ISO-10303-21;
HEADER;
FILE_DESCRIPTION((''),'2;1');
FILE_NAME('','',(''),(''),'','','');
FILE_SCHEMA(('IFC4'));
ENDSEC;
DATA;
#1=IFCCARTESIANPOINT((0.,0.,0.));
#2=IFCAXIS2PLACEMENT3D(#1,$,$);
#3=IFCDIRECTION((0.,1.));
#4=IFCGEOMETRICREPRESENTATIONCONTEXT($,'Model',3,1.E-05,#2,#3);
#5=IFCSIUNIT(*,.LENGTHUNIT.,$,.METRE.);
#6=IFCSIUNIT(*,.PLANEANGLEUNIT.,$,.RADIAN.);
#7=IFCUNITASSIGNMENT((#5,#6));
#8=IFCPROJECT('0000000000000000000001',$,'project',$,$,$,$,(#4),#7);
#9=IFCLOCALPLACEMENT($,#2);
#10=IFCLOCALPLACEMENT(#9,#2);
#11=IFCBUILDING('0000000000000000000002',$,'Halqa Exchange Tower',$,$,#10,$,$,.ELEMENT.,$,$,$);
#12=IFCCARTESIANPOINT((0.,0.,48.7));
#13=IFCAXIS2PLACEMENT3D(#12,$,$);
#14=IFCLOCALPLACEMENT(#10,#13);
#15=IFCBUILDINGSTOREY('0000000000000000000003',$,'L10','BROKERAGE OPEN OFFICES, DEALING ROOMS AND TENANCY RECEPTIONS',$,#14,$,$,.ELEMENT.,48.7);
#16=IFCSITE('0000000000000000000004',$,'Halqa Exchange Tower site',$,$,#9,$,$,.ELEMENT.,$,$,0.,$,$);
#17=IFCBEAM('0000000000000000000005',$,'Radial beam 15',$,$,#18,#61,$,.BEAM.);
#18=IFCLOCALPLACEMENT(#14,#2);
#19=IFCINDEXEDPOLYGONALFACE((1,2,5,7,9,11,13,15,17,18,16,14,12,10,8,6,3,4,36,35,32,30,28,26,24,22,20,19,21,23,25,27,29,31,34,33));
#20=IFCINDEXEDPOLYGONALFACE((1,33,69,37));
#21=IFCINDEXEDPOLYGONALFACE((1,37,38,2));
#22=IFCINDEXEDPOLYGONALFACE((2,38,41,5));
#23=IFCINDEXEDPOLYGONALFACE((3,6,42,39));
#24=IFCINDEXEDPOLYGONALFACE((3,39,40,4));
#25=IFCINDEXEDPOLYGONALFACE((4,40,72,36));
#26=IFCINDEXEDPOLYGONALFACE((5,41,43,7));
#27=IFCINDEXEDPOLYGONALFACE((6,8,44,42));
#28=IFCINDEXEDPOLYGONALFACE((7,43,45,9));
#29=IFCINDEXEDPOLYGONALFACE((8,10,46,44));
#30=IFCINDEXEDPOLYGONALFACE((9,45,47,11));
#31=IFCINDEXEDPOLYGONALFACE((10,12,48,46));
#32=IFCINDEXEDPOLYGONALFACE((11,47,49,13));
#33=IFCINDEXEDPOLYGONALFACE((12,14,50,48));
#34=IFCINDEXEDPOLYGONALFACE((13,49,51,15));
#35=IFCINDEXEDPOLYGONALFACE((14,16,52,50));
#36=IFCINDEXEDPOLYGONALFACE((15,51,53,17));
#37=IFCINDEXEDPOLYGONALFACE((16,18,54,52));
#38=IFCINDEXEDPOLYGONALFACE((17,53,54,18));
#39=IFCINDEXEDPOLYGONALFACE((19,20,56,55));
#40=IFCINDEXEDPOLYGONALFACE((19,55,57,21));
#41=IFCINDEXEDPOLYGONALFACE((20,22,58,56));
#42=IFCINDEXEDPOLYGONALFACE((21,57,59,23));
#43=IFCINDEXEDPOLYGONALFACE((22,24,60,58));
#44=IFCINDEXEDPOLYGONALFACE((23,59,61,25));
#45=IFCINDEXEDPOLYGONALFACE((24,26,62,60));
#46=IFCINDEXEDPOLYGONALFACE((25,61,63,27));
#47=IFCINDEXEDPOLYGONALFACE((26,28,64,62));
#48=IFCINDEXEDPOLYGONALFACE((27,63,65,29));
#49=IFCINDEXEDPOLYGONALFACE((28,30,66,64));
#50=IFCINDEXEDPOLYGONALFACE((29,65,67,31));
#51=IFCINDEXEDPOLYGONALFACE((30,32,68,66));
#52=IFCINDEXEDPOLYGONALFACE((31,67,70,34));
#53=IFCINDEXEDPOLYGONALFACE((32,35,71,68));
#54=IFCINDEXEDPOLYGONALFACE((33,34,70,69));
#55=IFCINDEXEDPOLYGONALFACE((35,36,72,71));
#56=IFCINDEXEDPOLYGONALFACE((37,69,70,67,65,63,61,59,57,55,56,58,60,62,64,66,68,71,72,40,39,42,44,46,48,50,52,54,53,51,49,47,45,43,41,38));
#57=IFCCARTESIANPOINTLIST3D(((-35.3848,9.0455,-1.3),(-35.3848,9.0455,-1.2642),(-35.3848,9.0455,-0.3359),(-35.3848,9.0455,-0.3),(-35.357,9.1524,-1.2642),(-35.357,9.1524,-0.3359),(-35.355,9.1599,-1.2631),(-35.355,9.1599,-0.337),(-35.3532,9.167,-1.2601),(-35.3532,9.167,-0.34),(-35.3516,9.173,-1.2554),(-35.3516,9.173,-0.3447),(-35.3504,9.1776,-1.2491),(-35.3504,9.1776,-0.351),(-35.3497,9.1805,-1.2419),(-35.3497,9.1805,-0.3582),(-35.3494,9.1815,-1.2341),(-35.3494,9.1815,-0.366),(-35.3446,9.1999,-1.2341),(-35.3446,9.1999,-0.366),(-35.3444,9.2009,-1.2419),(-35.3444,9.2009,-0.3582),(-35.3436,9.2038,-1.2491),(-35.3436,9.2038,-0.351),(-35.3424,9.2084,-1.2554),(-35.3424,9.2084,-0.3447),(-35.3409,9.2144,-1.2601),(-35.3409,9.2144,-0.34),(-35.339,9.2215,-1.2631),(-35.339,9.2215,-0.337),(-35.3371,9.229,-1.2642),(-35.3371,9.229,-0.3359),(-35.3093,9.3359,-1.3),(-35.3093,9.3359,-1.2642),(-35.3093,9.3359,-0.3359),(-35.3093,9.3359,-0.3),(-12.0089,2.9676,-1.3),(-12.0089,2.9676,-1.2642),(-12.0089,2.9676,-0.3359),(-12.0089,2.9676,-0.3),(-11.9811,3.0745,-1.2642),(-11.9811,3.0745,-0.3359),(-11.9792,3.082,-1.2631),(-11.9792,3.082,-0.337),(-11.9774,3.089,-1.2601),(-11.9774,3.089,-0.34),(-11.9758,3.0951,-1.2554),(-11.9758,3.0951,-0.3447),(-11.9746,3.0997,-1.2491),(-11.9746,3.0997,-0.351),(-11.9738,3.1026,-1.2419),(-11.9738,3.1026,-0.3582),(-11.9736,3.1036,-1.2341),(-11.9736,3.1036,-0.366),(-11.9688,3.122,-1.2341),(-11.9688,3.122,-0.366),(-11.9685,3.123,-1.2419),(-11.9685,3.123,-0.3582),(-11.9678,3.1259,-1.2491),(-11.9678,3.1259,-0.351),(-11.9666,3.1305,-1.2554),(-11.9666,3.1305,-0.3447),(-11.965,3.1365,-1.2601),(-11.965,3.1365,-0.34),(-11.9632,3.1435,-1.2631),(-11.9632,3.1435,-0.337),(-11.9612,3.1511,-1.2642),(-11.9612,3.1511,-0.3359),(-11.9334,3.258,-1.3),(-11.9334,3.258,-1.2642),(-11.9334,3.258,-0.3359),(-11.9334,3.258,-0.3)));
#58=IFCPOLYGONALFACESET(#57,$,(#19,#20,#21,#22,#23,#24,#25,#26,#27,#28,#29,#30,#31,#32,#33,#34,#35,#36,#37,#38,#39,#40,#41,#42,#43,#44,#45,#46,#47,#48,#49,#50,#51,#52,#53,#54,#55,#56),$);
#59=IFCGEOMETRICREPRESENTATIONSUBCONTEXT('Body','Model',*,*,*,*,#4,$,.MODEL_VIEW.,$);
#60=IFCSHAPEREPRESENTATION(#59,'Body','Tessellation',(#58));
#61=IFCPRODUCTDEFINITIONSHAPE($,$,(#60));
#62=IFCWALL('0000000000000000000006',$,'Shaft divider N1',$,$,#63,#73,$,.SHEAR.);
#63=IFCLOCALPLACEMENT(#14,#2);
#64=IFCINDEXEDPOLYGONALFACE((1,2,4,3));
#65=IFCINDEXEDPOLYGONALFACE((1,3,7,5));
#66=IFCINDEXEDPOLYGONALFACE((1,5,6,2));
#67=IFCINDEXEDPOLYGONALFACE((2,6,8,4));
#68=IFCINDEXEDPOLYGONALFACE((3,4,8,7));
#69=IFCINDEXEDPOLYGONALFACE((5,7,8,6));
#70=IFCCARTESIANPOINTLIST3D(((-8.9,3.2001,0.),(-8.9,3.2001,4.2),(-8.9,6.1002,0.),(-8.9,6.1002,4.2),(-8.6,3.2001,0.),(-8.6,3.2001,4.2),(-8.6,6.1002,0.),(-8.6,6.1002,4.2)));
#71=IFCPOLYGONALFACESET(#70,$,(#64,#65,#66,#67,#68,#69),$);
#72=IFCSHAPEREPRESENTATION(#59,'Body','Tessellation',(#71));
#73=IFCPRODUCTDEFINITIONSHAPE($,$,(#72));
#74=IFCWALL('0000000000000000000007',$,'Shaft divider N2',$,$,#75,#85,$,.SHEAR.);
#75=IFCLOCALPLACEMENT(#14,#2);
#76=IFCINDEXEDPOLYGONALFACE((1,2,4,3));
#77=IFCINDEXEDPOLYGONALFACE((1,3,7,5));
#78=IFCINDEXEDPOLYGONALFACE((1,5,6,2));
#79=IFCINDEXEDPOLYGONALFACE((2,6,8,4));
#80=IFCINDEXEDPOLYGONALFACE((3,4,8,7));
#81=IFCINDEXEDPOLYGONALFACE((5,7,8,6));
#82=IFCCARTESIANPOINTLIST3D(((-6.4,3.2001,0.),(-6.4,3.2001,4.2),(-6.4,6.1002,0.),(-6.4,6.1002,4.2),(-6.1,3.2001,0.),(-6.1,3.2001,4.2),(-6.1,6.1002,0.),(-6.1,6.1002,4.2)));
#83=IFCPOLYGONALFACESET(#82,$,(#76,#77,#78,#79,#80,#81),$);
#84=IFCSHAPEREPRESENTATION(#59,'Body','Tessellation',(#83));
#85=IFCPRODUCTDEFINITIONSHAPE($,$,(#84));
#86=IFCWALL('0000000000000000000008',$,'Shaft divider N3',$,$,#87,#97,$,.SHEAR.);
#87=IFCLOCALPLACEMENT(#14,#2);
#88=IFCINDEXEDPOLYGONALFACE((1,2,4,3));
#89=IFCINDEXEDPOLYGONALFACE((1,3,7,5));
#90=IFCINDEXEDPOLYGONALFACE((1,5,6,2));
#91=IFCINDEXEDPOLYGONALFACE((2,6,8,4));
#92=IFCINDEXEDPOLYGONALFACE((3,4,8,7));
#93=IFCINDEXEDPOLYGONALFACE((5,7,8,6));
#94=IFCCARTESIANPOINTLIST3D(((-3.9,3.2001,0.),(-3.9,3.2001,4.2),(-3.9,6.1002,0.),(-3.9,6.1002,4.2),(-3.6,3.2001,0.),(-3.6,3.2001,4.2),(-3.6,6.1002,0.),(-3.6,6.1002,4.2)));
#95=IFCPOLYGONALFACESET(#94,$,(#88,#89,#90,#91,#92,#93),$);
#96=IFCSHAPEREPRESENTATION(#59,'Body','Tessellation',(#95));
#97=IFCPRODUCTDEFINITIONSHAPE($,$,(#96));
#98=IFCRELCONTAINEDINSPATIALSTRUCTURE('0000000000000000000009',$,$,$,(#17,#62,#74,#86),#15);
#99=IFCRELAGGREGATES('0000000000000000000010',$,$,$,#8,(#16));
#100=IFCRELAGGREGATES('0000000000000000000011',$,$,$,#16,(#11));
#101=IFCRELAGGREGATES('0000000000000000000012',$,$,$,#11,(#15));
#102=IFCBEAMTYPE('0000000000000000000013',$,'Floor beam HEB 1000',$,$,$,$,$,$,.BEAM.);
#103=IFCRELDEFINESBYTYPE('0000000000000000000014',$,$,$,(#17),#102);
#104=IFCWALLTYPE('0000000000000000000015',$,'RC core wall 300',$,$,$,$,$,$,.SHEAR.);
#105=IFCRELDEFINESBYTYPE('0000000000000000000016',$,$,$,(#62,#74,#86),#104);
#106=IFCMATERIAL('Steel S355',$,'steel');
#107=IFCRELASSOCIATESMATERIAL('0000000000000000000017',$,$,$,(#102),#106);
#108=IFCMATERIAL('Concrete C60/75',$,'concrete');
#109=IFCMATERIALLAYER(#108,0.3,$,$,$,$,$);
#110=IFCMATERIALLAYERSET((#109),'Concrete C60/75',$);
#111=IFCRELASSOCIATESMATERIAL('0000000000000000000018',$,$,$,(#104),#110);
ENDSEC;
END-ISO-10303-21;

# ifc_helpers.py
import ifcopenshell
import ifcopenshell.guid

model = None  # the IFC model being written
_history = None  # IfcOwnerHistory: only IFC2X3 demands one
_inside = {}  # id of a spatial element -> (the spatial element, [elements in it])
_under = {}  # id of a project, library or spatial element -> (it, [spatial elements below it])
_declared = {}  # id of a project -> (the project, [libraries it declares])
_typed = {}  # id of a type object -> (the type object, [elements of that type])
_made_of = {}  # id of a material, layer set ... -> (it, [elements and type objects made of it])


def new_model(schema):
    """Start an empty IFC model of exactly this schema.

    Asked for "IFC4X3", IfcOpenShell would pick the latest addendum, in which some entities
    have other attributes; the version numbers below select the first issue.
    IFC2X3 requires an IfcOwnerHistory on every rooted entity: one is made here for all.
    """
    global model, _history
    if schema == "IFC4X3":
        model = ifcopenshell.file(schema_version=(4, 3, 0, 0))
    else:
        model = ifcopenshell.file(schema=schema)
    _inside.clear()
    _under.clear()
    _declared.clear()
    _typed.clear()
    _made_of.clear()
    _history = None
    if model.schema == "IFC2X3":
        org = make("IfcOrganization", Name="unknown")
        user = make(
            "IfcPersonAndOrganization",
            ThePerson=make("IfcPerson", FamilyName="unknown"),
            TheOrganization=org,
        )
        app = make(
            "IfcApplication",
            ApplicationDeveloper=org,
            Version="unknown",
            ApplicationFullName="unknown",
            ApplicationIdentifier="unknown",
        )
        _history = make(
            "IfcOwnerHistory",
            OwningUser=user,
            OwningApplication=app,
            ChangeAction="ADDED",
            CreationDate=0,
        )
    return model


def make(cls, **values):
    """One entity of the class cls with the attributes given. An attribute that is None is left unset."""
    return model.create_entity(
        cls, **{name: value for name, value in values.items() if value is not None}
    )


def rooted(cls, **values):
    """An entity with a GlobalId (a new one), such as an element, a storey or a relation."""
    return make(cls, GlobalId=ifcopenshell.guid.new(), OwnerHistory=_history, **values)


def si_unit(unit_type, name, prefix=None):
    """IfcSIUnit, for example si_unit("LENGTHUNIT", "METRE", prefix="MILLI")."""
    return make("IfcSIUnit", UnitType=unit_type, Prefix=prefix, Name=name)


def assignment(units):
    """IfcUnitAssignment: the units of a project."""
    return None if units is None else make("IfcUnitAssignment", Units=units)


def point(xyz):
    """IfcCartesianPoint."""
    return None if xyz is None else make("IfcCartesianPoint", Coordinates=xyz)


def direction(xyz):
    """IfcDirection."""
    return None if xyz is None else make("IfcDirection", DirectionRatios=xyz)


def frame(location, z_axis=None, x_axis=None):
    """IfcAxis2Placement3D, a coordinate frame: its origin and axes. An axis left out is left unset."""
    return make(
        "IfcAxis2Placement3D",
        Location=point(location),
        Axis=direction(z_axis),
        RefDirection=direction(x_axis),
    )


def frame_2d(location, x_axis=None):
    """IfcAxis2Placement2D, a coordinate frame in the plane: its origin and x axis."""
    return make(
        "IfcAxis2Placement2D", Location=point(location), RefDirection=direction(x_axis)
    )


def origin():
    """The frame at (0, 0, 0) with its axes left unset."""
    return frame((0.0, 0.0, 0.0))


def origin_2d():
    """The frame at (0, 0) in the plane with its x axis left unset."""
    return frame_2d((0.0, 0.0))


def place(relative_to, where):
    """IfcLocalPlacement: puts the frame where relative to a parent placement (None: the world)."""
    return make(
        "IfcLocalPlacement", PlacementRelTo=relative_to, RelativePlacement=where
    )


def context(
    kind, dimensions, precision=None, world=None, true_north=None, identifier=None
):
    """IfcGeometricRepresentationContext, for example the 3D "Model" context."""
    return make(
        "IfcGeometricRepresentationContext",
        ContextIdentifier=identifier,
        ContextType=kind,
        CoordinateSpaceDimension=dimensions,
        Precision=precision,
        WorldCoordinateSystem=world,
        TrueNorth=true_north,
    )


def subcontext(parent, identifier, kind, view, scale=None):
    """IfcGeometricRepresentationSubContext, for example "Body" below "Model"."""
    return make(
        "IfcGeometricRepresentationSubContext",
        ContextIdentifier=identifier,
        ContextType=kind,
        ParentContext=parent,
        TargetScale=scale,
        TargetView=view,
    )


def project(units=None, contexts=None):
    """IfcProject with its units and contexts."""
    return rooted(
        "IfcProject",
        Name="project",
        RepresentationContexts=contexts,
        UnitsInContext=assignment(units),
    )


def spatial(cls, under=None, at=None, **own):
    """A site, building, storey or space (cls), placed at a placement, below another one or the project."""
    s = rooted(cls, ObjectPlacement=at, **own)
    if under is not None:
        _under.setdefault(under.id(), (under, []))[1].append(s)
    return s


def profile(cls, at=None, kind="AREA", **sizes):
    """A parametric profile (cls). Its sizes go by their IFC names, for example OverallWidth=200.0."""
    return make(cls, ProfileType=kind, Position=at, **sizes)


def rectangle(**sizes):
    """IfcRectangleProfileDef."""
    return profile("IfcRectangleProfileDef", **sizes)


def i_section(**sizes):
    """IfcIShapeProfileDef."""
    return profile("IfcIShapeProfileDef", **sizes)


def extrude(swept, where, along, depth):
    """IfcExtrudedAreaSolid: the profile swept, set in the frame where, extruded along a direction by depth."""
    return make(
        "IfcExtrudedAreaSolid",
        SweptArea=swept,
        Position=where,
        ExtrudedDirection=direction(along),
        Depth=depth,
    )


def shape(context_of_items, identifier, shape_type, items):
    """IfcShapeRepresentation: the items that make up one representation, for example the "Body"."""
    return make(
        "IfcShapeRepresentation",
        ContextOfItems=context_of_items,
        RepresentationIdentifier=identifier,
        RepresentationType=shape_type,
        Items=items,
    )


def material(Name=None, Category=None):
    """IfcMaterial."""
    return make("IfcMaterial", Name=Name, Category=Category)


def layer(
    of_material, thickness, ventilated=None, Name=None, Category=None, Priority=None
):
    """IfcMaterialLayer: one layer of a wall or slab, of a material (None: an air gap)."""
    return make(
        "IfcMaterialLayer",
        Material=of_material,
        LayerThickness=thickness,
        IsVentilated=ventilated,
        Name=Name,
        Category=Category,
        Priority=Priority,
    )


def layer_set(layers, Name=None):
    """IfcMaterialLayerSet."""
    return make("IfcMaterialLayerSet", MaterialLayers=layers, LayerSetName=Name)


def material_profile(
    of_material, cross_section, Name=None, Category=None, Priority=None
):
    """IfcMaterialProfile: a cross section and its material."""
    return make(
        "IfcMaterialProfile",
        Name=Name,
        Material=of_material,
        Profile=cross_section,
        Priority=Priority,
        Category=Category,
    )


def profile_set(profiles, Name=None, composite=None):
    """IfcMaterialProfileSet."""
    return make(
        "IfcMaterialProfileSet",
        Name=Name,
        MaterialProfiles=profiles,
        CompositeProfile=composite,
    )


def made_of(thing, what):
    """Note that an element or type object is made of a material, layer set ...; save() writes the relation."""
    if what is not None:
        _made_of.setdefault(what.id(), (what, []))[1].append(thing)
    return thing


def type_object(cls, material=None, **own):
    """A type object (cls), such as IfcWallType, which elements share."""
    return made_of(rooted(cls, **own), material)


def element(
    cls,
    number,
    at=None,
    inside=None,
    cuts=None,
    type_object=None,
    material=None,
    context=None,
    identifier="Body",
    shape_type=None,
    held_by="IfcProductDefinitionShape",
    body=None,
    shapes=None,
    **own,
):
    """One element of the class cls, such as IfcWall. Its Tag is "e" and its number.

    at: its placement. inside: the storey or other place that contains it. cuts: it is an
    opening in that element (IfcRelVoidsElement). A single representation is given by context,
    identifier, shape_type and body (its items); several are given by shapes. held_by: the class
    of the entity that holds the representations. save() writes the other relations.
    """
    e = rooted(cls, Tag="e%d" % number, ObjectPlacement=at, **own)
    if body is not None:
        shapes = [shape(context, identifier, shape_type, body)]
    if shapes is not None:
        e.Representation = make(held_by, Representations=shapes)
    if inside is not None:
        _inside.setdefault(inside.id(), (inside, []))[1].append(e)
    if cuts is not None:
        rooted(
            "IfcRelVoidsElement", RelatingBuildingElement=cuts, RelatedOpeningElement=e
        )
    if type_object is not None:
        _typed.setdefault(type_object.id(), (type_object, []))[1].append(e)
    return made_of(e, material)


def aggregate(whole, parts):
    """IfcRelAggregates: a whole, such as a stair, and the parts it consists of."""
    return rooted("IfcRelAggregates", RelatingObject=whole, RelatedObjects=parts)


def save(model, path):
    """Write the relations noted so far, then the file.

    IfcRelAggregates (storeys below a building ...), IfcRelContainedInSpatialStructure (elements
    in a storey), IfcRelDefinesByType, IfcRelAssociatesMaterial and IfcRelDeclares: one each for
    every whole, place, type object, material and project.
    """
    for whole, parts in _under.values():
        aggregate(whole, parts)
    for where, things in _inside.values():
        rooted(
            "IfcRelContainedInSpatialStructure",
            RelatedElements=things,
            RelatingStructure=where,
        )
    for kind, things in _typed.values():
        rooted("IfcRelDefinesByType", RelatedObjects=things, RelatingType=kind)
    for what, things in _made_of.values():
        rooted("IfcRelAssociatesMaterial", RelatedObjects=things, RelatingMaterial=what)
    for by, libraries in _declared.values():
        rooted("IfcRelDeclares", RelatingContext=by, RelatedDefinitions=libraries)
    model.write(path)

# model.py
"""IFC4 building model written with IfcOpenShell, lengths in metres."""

from ifc_helpers import new_model, si_unit, direction, frame, frame_2d, origin, origin_2d, place, context, subcontext, project, spatial, rectangle, i_section, extrude, material, layer, layer_set, material_profile, profile_set, type_object, element, save


model = new_model("IFC4")

# Units and contexts
model_context = context("Model", 3, precision=1e-05, world=origin(), true_north=direction((0.0, 1.0)))
body_context = subcontext(model_context, "Body", "Model", "MODEL_VIEW")
ifc_project = project(units=[si_unit("LENGTHUNIT", "METRE"), si_unit("PLANEANGLEUNIT", "RADIAN")], contexts=[model_context])

# Site, building, storey
site_placement = place(None, origin())
site = spatial("IfcSite", under=ifc_project, at=site_placement, Name="Halqa Exchange Tower site", CompositionType="ELEMENT", RefElevation=0.0)
building_placement = place(site_placement, origin())
building = spatial("IfcBuilding", under=site, at=building_placement, Name="Halqa Exchange Tower", CompositionType="ELEMENT")
storey_placement = place(building_placement, frame((0.0, 0.0, 48.7)))
storey = spatial("IfcBuildingStorey", under=building, at=storey_placement, Name="L10", Description="BROKERAGE OPEN OFFICES, DEALING ROOMS AND TENANCY RECEPTIONS", CompositionType="ELEMENT", Elevation=48.7)

# Beam
ifc_material_1 = material(Name="Steel S355", Category="steel")
ifc_material_profile = material_profile(ifc_material_1, i_section(OverallWidth=0.3, OverallDepth=1.0, WebThickness=0.019, FlangeThickness=0.0359, FilletRadius=0.03, at=origin_2d()), Name="HEB 1000")
ifc_profile_set = profile_set([ifc_material_profile], Name="Steel S355")
beam_type = type_object("IfcBeamType", Name="Floor beam HEB 1000", PredefinedType="BEAM", material=ifc_profile_set)
beam_placement = place(storey_placement, frame((-11.9712, 3.1128, -0.8), z_axis=(-0.967821, 0.251641, 0.0), x_axis=(-0.251641, -0.967821, 0.0)))
element("IfcBeam", 1, at=beam_placement, inside=storey, type_object=beam_type, Name="Radial beam 15", PredefinedType="BEAM", context=body_context, shape_type="SweptSolid", body=[
    extrude(i_section(OverallWidth=0.3, OverallDepth=1.0, WebThickness=0.019, FlangeThickness=0.0359, FilletRadius=0.03, at=origin_2d()), origin(), (0.0, 0.0, 1.0), 24.1531),
])

# Walls
ifc_material_2 = material(Name="Concrete C60/75", Category="concrete")
ifc_layer_1 = layer(ifc_material_2, 0.3)
ifc_layer_set_1 = layer_set([ifc_layer_1], Name="Concrete C60/75")
wall_type_1 = type_object("IfcWallType", Name="RC core wall 300", PredefinedType="SHEAR", material=ifc_layer_set_1)
for number, where, z_axis, x_axis, name in (
    (2, (-8.75, 3.2, 0.0), (0.0, 0.0, 1.0), (0.0, 1.0, 0.0), "Shaft divider N1"),
    (3, (-6.25, 3.2, 0.0), (0.0, 0.0, 1.0), (0.0, 1.0, 0.0), "Shaft divider N2"),
    (4, (-3.75, 3.2, 0.0), (0.0, 0.0, 1.0), (0.0, 1.0, 0.0), "Shaft divider N3"),
):
    element("IfcWall", number, at=place(storey_placement, frame(where, z_axis=z_axis, x_axis=x_axis)), inside=storey, type_object=wall_type_1, Name=name, PredefinedType="SHEAR", context=body_context, shape_type="SweptSolid", body=[
        extrude(rectangle(XDim=2.9001, YDim=0.3, at=frame_2d((1.4502, 0.0))), origin(), (0.0, 0.0, 1.0), 4.2),
    ])

save(model, "model.ifc")
